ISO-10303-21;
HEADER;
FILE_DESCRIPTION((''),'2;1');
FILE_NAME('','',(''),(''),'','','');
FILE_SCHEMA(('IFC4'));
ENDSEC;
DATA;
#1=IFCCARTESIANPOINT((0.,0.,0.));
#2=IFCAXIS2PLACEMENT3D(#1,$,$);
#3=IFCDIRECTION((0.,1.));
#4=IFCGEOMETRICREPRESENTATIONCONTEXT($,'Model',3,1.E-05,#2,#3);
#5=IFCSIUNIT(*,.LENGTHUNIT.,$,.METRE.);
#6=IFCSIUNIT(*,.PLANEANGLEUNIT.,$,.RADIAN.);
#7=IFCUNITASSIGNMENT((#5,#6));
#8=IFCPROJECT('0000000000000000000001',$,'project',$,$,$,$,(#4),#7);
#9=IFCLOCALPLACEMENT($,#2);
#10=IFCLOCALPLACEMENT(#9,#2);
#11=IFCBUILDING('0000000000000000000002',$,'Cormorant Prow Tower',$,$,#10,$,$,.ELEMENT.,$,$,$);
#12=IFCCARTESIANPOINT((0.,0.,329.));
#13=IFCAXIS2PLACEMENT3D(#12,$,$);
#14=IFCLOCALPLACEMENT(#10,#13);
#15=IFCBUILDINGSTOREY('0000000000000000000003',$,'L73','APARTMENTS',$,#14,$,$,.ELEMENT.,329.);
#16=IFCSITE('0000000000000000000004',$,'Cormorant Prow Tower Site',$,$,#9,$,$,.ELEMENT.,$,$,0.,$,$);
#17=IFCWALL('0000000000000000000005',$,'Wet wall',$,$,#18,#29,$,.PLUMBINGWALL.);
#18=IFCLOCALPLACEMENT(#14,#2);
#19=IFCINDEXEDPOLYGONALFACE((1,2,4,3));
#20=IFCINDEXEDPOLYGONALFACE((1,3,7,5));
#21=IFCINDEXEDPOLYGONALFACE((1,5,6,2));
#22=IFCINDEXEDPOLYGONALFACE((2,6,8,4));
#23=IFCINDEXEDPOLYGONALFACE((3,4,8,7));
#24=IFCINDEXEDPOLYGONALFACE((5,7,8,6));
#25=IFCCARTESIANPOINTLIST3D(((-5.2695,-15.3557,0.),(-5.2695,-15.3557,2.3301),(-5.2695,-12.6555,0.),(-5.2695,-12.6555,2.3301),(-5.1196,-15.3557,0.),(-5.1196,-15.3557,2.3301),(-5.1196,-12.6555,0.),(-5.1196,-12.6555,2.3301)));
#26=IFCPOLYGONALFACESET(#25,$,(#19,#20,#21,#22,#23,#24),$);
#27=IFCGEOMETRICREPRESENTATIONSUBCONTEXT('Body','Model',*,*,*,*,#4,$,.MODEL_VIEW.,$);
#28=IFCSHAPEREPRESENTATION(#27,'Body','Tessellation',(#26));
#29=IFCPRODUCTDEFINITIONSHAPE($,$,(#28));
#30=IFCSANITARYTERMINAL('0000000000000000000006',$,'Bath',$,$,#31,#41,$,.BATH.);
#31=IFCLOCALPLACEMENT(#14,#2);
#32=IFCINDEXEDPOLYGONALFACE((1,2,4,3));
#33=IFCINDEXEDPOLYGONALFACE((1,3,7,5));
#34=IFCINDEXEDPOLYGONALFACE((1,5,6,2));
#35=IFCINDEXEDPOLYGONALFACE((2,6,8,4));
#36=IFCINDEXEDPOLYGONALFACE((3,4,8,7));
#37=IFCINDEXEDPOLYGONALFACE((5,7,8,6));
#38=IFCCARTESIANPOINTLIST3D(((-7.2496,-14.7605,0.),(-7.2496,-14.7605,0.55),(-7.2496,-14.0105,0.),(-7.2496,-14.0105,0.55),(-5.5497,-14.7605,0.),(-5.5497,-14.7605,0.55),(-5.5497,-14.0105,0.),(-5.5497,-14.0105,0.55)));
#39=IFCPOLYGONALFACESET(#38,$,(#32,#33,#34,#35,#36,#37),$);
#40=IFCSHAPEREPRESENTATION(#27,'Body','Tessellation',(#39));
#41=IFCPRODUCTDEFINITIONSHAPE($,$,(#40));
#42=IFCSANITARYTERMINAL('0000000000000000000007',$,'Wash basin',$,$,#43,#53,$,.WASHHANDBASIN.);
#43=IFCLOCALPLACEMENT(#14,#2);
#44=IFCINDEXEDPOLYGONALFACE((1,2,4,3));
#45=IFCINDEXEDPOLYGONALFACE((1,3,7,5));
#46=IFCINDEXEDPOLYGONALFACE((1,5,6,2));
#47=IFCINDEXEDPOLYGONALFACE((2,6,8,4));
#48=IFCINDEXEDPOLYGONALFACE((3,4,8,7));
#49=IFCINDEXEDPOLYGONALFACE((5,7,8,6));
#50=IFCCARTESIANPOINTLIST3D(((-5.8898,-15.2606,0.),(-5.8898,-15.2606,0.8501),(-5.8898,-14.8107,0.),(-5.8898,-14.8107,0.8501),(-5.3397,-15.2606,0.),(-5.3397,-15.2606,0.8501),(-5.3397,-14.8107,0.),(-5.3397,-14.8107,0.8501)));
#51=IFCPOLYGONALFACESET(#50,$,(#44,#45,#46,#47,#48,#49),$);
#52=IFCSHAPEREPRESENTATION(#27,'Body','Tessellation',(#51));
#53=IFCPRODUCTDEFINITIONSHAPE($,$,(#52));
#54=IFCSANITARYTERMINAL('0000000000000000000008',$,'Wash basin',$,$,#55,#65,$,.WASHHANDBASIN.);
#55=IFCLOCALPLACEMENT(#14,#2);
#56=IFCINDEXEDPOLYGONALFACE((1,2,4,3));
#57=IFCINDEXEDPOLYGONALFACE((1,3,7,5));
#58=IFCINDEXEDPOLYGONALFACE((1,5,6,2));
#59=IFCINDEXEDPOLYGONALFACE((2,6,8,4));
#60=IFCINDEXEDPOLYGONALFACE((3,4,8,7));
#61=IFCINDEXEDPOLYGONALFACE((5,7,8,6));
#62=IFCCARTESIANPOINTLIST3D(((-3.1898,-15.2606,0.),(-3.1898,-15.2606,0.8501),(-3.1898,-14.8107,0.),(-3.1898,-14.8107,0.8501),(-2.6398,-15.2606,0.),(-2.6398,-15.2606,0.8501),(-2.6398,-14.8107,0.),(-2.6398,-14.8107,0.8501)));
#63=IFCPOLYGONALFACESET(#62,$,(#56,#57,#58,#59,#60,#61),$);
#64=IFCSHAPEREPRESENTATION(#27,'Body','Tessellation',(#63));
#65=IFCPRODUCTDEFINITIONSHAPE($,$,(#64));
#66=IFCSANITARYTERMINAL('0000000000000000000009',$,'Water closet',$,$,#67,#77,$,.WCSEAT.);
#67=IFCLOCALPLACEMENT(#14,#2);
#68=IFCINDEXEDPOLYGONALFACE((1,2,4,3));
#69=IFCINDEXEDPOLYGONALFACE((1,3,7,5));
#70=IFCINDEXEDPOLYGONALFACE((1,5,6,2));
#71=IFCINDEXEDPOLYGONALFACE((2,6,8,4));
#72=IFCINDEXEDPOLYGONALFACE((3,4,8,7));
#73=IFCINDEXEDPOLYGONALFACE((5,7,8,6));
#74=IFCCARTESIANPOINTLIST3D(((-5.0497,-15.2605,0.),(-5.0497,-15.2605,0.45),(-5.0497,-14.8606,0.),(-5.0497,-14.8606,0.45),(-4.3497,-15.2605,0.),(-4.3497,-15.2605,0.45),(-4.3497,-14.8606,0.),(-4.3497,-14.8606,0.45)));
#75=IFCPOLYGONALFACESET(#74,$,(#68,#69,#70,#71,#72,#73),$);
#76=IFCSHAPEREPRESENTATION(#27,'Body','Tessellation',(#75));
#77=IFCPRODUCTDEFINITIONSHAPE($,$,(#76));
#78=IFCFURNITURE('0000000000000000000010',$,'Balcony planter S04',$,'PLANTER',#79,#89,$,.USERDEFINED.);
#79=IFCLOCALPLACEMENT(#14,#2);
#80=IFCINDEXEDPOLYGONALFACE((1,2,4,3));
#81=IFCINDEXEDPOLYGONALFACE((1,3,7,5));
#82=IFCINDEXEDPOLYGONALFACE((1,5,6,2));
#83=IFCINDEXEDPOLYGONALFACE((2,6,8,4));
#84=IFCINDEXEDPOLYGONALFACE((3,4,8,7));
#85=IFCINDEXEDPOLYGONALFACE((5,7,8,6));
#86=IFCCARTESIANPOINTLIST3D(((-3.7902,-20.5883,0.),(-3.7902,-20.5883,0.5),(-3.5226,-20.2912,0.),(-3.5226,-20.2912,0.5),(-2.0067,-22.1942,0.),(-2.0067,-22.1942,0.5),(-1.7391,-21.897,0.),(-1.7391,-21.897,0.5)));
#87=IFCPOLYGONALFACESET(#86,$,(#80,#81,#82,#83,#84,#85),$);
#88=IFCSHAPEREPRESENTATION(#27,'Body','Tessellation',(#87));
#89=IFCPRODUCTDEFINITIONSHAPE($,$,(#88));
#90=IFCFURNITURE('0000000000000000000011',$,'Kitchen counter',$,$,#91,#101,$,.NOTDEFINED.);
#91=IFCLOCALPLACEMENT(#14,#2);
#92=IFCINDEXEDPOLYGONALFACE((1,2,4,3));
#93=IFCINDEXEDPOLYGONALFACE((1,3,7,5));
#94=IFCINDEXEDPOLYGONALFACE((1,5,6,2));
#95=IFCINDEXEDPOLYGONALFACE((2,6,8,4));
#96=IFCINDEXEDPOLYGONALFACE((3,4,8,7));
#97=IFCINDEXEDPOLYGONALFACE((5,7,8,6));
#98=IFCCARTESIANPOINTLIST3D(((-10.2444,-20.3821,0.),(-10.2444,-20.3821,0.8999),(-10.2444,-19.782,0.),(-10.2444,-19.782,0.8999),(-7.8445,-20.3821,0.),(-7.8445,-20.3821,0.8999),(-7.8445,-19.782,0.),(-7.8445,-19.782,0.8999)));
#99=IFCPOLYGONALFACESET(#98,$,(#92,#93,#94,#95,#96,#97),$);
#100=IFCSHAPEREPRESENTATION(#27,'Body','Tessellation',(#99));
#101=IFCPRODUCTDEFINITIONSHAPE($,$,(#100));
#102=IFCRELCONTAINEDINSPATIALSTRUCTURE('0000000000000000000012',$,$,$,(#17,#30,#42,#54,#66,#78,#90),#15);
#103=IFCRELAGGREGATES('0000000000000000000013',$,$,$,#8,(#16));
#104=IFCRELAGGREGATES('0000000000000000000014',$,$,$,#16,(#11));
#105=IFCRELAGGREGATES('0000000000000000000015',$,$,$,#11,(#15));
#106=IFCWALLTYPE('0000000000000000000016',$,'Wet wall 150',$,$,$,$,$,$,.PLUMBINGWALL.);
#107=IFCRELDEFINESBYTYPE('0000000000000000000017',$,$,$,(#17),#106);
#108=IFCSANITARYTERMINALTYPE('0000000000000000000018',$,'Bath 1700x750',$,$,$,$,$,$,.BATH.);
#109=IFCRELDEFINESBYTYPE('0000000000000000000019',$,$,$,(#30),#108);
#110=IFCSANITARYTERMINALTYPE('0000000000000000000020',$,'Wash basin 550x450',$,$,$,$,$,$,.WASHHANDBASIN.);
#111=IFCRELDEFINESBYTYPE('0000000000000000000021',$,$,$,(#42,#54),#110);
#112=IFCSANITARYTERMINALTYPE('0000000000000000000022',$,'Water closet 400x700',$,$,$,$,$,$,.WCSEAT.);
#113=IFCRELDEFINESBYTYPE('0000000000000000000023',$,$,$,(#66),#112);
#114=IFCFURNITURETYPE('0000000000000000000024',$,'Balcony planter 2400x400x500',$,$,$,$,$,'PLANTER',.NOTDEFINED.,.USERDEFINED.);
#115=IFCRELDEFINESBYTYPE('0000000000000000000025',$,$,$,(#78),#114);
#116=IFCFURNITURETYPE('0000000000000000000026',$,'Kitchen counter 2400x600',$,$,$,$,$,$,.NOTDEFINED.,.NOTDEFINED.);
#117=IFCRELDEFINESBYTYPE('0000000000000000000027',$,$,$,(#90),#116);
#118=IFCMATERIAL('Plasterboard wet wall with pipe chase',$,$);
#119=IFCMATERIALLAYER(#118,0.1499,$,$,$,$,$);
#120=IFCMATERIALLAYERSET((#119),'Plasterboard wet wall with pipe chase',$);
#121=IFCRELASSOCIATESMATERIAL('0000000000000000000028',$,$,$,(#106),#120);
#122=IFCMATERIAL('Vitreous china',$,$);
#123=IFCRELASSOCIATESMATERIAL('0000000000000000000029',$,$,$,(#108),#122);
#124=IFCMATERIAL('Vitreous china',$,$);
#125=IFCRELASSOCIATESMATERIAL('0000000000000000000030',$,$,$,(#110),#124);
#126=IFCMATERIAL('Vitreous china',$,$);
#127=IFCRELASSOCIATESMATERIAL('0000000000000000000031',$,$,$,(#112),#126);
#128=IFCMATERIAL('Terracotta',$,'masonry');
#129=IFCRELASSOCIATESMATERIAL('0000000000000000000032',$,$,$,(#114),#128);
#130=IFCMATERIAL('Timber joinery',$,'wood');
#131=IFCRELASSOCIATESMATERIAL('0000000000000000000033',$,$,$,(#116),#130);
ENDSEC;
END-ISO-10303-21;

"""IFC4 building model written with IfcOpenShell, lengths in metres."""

from ifc_helpers import new_model, si_unit, direction, frame, frame_2d, origin, origin_2d, place, context, subcontext, project, spatial, rectangle, extrude, material, layer, layer_set, type_object, element, save


model = new_model("IFC4")

# Units and contexts
model_context = context("Model", 3, precision=1e-05, world=origin(), true_north=direction((0.0, 1.0)))
body_context = subcontext(model_context, "Body", "Model", "MODEL_VIEW")
ifc_project = project(units=[si_unit("LENGTHUNIT", "METRE"), si_unit("PLANEANGLEUNIT", "RADIAN")], contexts=[model_context])

# Site, building, storey
site_placement = place(None, origin())
site = spatial("IfcSite", under=ifc_project, at=site_placement, Name="Cormorant Prow Tower Site", CompositionType="ELEMENT", RefElevation=0.0)
building_placement = place(site_placement, origin())
building = spatial("IfcBuilding", under=site, at=building_placement, Name="Cormorant Prow Tower", CompositionType="ELEMENT")
storey_placement = place(building_placement, frame((0.0, 0.0, 329.0)))
storey = spatial("IfcBuildingStorey", under=building, at=storey_placement, Name="L73", Description="APARTMENTS", CompositionType="ELEMENT", Elevation=329.0)

# Wall
ifc_material_1 = material(Name="Plasterboard wet wall with pipe chase")
ifc_layer_1 = layer(ifc_material_1, 0.1499)
ifc_layer_set_1 = layer_set([ifc_layer_1], Name="Plasterboard wet wall with pipe chase")
wall_type_1 = type_object("IfcWallType", Name="Wet wall 150", PredefinedType="PLUMBINGWALL", material=ifc_layer_set_1)
wall_1_placement = place(storey_placement, frame((-5.1946, -15.3557, 0.0), z_axis=(0.0, 0.0, 1.0), x_axis=(0.0, 1.0, 0.0)))
element("IfcWall", 1, at=wall_1_placement, inside=storey, type_object=wall_type_1, Name="Wet wall", PredefinedType="PLUMBINGWALL", context=body_context, shape_type="SweptSolid", body=[
    extrude(rectangle(XDim=2.7002, YDim=0.1499, at=frame_2d((1.3501, 0.0))), origin(), (0.0, 0.0, 1.0), 2.3301),
])

# Sanitary terminals
ifc_material_2 = material(Name="Vitreous china")
sanitary_terminal_type_1 = type_object("IfcSanitaryTerminalType", Name="Bath 1700x750", PredefinedType="BATH", material=ifc_material_2)
sanitary_terminal_1_placement = place(storey_placement, frame((-6.3997, -14.3855, 0.0), z_axis=(0.0, 0.0, 1.0), x_axis=(1.0, 0.0, 0.0)))
element("IfcSanitaryTerminal", 2, at=sanitary_terminal_1_placement, inside=storey, type_object=sanitary_terminal_type_1, Name="Bath", PredefinedType="BATH", context=body_context, shape_type="SweptSolid", body=[
    extrude(rectangle(XDim=1.7, YDim=0.75, at=origin_2d()), origin(), (0.0, 0.0, 1.0), 0.55),
])
ifc_material_3 = material(Name="Vitreous china")
sanitary_terminal_type_2 = type_object("IfcSanitaryTerminalType", Name="Wash basin 550x450", PredefinedType="WASHHANDBASIN", material=ifc_material_3)
for number, where, z_axis, x_axis, name in (
    (3, (-5.6147, -15.0356, 0.0), (0.0, 0.0, 1.0), (-1.0, 0.0, 0.0), "Wash basin"),
    (4, (-2.9148, -15.0356, 0.0), (0.0, 0.0, 1.0), (-1.0, 0.0, 0.0), "Wash basin"),
):
    element("IfcSanitaryTerminal", number, at=place(storey_placement, frame(where, z_axis=z_axis, x_axis=x_axis)), inside=storey, type_object=sanitary_terminal_type_2, Name=name, PredefinedType="WASHHANDBASIN", context=body_context, shape_type="SweptSolid", body=[
        extrude(rectangle(XDim=0.55, YDim=0.45, at=origin_2d()), origin(), (0.0, 0.0, 1.0), 0.8501),
    ])
ifc_material_4 = material(Name="Vitreous china")
sanitary_terminal_type_3 = type_object("IfcSanitaryTerminalType", Name="Water closet 400x700", PredefinedType="WCSEAT", material=ifc_material_4)
sanitary_terminal_2_placement = place(storey_placement, frame((-4.6997, -15.0605, 0.0), z_axis=(0.0, 0.0, 1.0), x_axis=(0.0, 1.0, 0.0)))
element("IfcSanitaryTerminal", 5, at=sanitary_terminal_2_placement, inside=storey, type_object=sanitary_terminal_type_3, Name="Water closet", PredefinedType="WCSEAT", context=body_context, shape_type="SweptSolid", body=[
    extrude(rectangle(XDim=0.3999, YDim=0.7, at=origin_2d()), origin(), (0.0, 0.0, 1.0), 0.45),
])

# Furniture
ifc_material_5 = material(Name="Terracotta", Category="masonry")
furniture_type_1 = type_object("IfcFurnitureType", Name="Balcony planter 2400x400x500", ElementType="PLANTER", AssemblyPlace="NOTDEFINED", PredefinedType="USERDEFINED", material=ifc_material_5)
furniture_1_placement = place(storey_placement, frame((-2.7646, -21.2427, 0.0), z_axis=(0.0, 0.0, 1.0), x_axis=(0.743145, -0.669131, 0.0)))
element("IfcFurniture", 6, at=furniture_1_placement, inside=storey, type_object=furniture_type_1, Name="Balcony planter S04", ObjectType="PLANTER", PredefinedType="USERDEFINED", context=body_context, shape_type="SweptSolid", body=[
    extrude(rectangle(XDim=2.3999, YDim=0.3999, at=origin_2d()), origin(), (0.0, 0.0, 1.0), 0.5),
])
ifc_material_6 = material(Name="Timber joinery", Category="wood")
furniture_type_2 = type_object("IfcFurnitureType", Name="Kitchen counter 2400x600", AssemblyPlace="NOTDEFINED", PredefinedType="NOTDEFINED", material=ifc_material_6)
furniture_2_placement = place(storey_placement, frame((-9.0444, -20.082, 0.0), z_axis=(0.0, 0.0, 1.0), x_axis=(1.0, 0.0, 0.0)))
element("IfcFurniture", 7, at=furniture_2_placement, inside=storey, type_object=furniture_type_2, Name="Kitchen counter", PredefinedType="NOTDEFINED", context=body_context, shape_type="SweptSolid", body=[
    extrude(rectangle(XDim=2.3999, YDim=0.6001, at=origin_2d()), origin(), (0.0, 0.0, 1.0), 0.8999),
])

save(model, "model.ifc")
